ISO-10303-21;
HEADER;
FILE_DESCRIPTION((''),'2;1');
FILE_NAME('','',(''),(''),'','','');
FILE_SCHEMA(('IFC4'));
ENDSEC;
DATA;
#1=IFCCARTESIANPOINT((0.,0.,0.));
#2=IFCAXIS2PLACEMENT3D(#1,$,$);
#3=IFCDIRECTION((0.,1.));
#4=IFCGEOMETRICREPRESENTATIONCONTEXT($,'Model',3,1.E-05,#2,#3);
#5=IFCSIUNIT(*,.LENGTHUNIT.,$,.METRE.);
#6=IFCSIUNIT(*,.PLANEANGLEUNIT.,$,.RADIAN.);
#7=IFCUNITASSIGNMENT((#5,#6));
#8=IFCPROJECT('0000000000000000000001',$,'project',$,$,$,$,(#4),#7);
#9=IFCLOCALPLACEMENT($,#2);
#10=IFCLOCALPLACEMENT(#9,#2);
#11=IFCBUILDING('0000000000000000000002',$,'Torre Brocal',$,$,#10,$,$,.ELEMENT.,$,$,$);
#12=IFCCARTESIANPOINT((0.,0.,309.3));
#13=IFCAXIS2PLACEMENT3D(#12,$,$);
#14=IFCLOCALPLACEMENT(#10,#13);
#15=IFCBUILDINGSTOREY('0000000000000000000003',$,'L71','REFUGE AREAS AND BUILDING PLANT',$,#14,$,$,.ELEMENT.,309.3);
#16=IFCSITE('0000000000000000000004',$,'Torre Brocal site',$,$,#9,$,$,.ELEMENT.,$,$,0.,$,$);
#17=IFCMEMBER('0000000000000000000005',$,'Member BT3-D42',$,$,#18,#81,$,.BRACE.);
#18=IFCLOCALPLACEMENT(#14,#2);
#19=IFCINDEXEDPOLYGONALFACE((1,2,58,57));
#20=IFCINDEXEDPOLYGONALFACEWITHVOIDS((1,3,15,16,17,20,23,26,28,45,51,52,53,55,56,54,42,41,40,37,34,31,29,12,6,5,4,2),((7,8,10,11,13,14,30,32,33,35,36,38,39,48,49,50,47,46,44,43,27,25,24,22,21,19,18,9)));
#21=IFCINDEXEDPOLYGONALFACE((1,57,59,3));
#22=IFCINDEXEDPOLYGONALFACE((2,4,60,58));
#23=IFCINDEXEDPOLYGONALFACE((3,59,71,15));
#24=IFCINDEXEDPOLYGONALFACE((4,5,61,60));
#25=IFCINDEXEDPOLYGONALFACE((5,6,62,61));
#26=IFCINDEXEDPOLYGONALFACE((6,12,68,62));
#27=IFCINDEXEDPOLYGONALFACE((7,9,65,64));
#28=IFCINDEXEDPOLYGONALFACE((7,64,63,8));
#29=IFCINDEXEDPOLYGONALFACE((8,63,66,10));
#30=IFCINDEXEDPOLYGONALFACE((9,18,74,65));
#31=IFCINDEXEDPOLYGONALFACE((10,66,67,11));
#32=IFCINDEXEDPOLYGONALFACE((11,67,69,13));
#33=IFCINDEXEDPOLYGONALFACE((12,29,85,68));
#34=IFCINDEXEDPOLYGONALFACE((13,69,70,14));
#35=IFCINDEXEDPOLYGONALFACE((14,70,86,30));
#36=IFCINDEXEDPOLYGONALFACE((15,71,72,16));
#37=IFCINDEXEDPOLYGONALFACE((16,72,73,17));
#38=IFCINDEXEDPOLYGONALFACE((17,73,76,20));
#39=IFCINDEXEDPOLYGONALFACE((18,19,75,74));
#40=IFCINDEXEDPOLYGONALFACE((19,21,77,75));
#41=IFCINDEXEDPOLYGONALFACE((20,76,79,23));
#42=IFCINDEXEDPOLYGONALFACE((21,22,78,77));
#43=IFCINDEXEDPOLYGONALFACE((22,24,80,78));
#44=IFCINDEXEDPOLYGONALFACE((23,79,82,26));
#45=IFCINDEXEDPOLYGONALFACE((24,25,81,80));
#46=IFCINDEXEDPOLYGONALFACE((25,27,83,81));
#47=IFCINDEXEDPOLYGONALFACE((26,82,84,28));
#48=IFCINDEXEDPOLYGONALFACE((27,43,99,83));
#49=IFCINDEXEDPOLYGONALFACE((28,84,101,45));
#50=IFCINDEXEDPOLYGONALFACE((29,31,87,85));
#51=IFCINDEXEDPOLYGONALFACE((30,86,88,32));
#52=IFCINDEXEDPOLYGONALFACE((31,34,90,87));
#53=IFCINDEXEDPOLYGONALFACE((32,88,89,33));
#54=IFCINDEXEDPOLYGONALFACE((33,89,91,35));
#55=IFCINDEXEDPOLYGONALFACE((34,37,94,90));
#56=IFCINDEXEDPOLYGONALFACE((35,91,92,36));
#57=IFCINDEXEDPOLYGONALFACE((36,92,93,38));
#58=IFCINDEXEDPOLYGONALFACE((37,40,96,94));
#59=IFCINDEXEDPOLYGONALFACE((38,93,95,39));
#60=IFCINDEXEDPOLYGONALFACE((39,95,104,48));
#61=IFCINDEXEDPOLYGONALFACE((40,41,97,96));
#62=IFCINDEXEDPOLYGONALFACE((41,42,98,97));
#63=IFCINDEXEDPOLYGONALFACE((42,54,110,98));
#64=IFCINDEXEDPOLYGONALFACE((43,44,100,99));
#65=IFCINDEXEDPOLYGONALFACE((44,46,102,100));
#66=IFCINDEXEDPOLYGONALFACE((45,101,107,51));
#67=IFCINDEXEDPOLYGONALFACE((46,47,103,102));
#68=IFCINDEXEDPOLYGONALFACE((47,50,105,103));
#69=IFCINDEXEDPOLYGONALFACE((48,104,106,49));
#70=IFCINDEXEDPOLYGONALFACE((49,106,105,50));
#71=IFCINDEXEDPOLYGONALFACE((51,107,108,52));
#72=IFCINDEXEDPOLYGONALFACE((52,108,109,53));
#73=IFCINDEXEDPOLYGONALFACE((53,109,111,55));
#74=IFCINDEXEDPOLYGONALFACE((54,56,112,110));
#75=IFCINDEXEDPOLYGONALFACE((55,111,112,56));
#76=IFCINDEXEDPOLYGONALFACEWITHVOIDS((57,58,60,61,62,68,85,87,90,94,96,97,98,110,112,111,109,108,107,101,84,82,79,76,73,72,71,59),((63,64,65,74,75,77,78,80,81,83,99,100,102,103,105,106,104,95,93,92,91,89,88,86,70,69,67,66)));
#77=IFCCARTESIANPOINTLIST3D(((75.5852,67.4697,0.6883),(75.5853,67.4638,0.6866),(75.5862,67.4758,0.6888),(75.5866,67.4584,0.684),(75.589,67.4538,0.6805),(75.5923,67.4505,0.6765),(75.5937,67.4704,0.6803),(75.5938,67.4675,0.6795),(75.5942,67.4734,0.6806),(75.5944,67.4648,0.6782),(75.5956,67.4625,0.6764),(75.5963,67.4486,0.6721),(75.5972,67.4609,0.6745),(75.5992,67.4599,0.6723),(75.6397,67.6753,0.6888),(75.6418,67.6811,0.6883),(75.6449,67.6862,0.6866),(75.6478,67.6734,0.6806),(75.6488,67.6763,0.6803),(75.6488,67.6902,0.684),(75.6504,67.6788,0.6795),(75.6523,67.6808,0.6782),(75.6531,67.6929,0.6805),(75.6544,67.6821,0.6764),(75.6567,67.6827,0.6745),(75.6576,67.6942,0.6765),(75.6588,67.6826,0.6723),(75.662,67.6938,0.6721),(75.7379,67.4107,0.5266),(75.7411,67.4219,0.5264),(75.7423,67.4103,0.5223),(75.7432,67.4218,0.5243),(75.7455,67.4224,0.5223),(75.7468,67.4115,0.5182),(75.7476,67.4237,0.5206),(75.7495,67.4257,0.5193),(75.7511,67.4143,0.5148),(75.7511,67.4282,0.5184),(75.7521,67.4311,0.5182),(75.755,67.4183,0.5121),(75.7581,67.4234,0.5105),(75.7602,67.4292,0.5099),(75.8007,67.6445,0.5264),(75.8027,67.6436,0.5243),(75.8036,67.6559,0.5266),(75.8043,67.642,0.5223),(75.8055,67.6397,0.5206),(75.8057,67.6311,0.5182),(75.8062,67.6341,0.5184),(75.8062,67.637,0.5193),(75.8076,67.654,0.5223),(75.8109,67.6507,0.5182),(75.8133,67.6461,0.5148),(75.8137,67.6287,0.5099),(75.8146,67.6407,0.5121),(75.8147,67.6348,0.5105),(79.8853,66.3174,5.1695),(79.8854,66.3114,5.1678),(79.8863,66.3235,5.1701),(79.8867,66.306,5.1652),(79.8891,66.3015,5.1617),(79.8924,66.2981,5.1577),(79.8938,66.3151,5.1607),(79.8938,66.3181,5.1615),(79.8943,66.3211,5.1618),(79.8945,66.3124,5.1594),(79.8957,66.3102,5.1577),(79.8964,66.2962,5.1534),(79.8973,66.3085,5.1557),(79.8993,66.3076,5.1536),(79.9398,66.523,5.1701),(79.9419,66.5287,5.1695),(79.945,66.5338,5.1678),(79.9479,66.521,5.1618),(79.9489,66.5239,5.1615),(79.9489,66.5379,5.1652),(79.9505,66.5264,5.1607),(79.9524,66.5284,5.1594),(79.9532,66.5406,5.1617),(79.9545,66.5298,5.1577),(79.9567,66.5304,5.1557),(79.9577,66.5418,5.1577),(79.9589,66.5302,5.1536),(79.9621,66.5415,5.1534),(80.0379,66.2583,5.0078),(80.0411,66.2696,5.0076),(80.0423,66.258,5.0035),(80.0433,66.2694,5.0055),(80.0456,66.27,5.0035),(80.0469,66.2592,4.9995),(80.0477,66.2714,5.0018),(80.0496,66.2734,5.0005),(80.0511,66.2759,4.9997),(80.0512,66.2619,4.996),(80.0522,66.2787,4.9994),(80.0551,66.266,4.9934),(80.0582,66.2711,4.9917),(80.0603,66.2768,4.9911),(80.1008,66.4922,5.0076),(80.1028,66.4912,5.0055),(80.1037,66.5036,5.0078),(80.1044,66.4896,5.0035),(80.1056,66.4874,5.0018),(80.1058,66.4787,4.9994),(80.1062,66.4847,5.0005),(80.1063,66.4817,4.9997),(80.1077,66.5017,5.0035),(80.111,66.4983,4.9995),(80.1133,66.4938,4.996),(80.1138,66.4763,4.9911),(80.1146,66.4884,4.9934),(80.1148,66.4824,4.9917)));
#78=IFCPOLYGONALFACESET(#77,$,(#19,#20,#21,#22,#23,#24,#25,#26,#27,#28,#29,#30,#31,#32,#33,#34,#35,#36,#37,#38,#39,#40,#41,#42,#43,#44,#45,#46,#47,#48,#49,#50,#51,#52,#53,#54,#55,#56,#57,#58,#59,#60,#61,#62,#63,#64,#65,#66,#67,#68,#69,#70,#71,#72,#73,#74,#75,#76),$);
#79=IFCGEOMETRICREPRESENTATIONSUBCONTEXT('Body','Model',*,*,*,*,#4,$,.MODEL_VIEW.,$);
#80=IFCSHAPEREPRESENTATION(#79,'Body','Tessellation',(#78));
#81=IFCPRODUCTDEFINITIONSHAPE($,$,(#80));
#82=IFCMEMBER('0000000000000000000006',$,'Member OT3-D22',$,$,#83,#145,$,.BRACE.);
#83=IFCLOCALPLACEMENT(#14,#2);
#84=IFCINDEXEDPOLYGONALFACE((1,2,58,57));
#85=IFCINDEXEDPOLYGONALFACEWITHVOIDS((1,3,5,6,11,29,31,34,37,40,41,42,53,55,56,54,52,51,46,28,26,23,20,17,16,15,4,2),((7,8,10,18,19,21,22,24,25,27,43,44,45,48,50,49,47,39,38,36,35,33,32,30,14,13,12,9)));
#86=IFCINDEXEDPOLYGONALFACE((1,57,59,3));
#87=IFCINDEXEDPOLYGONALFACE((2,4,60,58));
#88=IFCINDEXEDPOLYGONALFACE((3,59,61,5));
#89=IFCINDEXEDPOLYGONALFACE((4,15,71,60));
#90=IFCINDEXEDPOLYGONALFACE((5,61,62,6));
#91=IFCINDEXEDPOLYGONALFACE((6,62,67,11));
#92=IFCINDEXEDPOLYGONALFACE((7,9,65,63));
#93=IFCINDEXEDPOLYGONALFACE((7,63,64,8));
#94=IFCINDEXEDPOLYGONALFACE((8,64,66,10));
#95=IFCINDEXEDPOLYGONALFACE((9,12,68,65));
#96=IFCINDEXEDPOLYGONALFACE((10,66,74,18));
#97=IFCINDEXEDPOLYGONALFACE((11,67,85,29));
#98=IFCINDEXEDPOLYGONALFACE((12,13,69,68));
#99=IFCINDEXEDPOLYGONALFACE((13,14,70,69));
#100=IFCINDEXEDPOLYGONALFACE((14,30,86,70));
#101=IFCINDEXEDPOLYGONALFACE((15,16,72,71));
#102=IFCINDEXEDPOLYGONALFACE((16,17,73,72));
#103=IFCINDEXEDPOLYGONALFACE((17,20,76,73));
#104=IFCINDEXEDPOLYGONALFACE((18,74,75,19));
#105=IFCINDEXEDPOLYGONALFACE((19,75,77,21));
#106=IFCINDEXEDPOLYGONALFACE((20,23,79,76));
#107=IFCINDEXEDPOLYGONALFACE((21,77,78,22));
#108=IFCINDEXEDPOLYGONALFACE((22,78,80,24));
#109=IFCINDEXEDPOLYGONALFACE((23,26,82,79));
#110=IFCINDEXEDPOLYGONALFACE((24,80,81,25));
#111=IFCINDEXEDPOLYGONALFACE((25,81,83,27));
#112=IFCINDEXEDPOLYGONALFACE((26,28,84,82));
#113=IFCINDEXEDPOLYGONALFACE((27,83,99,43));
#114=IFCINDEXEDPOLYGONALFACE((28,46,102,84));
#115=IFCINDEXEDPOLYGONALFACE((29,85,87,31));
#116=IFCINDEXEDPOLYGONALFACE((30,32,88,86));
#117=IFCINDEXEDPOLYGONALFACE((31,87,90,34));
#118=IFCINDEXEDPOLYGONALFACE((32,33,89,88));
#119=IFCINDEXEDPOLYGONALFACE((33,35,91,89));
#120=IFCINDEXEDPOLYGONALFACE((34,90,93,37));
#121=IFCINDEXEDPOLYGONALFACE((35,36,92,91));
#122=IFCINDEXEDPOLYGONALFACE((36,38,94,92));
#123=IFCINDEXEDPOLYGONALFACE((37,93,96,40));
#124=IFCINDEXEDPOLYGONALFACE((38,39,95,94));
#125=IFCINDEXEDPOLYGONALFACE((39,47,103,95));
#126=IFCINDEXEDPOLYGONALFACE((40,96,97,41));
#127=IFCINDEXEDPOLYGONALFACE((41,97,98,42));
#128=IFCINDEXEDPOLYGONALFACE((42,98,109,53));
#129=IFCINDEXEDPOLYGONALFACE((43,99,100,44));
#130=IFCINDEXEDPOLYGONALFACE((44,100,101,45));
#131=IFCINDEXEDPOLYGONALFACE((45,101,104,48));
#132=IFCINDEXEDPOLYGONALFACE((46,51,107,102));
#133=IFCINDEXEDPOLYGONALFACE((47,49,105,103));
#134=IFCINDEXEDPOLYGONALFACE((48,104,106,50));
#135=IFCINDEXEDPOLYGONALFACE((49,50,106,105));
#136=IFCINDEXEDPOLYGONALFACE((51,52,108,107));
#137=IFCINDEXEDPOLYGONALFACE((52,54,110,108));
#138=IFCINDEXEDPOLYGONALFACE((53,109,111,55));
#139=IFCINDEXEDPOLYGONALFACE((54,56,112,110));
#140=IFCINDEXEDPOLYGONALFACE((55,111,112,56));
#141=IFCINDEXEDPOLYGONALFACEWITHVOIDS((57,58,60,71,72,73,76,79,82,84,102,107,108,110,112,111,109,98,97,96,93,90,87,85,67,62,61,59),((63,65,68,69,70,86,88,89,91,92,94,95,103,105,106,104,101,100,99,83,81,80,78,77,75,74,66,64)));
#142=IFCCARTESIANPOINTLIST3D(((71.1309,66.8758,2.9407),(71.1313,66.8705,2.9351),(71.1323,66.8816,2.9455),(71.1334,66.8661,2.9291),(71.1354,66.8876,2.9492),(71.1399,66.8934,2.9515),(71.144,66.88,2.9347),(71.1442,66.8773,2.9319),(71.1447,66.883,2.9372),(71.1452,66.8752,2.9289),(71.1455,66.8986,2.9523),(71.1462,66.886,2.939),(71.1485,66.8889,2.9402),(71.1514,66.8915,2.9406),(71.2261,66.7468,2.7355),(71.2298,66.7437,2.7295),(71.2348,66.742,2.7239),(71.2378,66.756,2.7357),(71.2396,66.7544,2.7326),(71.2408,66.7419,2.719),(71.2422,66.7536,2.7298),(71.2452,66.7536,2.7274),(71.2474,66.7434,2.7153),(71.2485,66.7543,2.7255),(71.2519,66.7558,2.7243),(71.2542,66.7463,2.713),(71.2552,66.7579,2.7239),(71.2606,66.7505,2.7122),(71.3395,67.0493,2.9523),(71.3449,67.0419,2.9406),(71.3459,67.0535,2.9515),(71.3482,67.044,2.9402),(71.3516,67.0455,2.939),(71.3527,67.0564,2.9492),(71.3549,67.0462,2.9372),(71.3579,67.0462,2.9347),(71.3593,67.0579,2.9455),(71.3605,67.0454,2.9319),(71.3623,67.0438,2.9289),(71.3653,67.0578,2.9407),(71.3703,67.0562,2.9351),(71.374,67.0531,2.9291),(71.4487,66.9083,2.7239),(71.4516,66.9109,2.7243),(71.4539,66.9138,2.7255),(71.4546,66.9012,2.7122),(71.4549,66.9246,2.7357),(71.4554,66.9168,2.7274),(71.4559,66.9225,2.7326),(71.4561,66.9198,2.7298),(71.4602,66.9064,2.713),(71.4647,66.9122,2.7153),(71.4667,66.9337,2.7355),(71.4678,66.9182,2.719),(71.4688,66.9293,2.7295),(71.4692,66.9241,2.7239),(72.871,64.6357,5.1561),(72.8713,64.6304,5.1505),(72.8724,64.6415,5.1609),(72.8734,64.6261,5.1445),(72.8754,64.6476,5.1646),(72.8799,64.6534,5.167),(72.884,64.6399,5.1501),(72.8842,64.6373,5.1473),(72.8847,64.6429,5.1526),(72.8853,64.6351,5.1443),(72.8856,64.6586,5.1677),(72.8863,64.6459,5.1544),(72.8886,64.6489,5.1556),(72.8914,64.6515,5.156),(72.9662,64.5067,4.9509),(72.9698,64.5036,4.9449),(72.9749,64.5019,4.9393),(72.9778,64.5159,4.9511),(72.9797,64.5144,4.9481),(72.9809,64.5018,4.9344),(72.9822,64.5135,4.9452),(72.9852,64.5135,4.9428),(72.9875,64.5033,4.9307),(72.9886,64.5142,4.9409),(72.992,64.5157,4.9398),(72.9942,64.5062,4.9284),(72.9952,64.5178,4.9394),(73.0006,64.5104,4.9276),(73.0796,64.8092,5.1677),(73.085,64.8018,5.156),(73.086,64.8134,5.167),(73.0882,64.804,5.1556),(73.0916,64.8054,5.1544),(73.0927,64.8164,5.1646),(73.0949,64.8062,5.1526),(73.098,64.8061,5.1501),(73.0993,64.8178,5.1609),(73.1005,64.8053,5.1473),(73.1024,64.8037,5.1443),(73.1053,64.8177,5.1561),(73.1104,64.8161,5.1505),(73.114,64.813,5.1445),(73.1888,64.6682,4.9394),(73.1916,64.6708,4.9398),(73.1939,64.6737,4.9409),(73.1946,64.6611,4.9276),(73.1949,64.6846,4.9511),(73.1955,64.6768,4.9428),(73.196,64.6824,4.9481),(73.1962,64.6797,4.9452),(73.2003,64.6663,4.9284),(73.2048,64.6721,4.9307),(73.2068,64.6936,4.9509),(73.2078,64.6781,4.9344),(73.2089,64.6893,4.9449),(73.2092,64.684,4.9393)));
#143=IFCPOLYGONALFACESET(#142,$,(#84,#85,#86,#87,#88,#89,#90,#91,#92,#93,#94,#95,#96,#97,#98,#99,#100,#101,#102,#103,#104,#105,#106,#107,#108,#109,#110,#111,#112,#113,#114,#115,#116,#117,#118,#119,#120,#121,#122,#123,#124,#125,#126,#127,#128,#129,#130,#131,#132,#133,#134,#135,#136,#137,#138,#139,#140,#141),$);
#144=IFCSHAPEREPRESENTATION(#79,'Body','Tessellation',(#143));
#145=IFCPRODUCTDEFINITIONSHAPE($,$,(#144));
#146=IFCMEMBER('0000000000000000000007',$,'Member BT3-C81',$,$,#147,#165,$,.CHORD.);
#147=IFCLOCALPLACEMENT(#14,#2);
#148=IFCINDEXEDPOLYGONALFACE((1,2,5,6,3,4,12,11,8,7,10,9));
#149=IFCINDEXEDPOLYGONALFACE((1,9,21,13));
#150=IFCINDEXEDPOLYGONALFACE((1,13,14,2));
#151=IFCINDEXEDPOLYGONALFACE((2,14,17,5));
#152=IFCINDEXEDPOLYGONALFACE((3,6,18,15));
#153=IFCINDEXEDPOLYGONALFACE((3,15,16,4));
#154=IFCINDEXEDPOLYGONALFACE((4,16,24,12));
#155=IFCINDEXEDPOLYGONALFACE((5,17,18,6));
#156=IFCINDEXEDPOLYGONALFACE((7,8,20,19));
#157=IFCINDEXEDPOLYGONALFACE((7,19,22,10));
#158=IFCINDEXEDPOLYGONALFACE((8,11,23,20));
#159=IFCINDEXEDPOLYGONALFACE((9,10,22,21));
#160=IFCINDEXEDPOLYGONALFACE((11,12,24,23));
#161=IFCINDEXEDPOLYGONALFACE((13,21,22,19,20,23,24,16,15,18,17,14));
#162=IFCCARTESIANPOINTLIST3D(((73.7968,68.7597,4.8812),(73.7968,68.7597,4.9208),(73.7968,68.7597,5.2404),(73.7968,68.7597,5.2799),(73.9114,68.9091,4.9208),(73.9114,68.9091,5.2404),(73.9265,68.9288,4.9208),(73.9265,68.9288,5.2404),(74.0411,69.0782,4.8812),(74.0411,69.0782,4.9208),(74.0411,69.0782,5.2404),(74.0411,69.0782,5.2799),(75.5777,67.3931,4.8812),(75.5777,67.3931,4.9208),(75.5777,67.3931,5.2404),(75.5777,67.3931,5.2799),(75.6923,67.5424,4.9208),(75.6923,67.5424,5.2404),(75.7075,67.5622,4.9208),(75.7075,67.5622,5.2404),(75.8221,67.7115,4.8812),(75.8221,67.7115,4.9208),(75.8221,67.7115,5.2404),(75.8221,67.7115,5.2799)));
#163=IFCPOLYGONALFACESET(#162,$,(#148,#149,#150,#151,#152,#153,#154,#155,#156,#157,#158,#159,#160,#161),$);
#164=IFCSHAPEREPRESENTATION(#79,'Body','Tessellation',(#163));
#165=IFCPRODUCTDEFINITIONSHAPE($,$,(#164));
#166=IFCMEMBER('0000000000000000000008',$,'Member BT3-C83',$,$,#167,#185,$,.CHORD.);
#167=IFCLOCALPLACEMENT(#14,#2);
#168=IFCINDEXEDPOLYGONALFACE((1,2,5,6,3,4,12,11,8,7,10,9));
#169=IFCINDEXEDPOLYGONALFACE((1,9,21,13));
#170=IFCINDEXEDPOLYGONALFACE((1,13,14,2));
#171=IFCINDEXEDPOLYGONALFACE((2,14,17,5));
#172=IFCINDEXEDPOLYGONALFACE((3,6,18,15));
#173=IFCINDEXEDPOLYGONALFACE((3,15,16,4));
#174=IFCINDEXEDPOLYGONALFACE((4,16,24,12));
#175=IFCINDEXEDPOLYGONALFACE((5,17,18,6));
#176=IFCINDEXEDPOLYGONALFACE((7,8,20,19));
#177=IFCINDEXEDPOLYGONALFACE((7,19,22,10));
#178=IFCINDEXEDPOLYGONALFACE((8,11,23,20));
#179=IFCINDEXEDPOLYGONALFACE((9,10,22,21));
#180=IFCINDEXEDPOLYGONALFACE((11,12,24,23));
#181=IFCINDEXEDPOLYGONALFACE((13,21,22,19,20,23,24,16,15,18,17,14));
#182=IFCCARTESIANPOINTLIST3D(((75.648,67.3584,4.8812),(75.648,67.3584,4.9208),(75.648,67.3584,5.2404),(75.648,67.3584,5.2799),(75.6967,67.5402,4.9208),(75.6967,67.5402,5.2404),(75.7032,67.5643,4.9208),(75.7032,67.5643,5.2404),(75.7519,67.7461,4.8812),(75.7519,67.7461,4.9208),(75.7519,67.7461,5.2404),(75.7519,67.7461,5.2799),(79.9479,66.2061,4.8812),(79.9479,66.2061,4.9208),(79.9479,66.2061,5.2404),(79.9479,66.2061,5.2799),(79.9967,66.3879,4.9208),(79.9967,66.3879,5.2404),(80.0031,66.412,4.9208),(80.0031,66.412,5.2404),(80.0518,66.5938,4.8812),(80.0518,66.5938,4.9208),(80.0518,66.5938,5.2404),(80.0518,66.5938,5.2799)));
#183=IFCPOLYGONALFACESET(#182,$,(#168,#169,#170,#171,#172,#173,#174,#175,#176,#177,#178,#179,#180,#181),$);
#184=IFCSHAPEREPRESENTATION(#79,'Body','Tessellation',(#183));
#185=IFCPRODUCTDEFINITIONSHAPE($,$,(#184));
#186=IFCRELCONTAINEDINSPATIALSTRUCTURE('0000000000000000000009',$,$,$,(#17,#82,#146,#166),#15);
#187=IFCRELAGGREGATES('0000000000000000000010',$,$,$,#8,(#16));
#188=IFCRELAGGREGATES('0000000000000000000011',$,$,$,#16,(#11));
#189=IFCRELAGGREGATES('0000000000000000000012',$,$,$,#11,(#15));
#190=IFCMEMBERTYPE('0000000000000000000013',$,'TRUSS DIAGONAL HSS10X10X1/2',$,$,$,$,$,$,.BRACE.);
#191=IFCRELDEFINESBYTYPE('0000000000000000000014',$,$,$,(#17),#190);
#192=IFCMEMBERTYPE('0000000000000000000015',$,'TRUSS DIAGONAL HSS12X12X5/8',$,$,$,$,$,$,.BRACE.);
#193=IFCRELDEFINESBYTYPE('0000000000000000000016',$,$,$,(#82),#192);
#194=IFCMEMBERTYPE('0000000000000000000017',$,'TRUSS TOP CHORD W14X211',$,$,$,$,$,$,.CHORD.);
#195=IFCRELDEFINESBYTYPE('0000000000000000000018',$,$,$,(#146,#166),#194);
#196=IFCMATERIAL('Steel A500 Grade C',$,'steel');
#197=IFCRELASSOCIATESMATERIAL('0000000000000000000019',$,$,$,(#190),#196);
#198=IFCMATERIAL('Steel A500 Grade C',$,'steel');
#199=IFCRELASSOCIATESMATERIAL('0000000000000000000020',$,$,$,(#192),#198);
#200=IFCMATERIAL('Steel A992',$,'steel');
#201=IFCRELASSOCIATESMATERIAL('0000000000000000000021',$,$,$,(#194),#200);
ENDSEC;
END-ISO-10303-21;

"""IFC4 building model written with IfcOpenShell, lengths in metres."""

from ifc_helpers import new_model, si_unit, direction, frame, origin, origin_2d, place, context, subcontext, project, spatial, hollow_rectangle, i_section, extrude, material, material_profile, profile_set, type_object, element, save


model = new_model("IFC4")

# Units and contexts
model_context = context("Model", 3, precision=1e-05, world=origin(), true_north=direction((0.0, 1.0)))
body_context = subcontext(model_context, "Body", "Model", "MODEL_VIEW")
ifc_project = project(units=[si_unit("LENGTHUNIT", "METRE"), si_unit("PLANEANGLEUNIT", "RADIAN")], contexts=[model_context])

# Site, building, storey
site_placement = place(None, origin())
site = spatial("IfcSite", under=ifc_project, at=site_placement, Name="Torre Brocal site", CompositionType="ELEMENT", RefElevation=0.0)
building_placement = place(site_placement, origin())
building = spatial("IfcBuilding", under=site, at=building_placement, Name="Torre Brocal", CompositionType="ELEMENT")
storey_placement = place(building_placement, frame((0.0, 0.0, 309.3)))
storey = spatial("IfcBuildingStorey", under=building, at=storey_placement, Name="L71", Description="REFUGE AREAS AND BUILDING PLANT", CompositionType="ELEMENT", Elevation=309.3)

# Members
ifc_material_1 = material(Name="Steel A500 Grade C", Category="steel")
ifc_material_profile_1 = material_profile(ifc_material_1, hollow_rectangle(XDim=0.2539, YDim=0.2539, WallThickness=0.0117, InnerFilletRadius=0.0117, OuterFilletRadius=0.0237, at=origin_2d()), Name="HSS10X10X1/2")
ifc_profile_set_1 = profile_set([ifc_material_profile_1], Name="Steel A500 Grade C")
member_type_1 = type_object("IfcMemberType", Name="TRUSS DIAGONAL HSS10X10X1/2", PredefinedType="BRACE", material=ifc_profile_set_1)
member_1_placement = place(storey_placement, frame((75.7, 67.5522, 0.5994), z_axis=(0.680753, -0.182431, 0.709432), x_axis=(0.25885, 0.965917, 0.0)))
element("IfcMember", 1, at=member_1_placement, inside=storey, type_object=member_type_1, Name="Member BT3-D42", PredefinedType="BRACE", context=body_context, shape_type="SweptSolid", body=[
    extrude(hollow_rectangle(XDim=0.2539, YDim=0.2539, WallThickness=0.0117, InnerFilletRadius=0.0117, OuterFilletRadius=0.0237, at=origin_2d()), origin(), (0.0, 0.0, 1.0), 6.3167),
])
ifc_material_2 = material(Name="Steel A500 Grade C", Category="steel")
ifc_material_profile_2 = material_profile(ifc_material_2, hollow_rectangle(XDim=0.3047, YDim=0.3047, WallThickness=0.0149, InnerFilletRadius=0.0149, OuterFilletRadius=0.0295, at=origin_2d()), Name="HSS12X12X5/8")
ifc_profile_set_2 = profile_set([ifc_material_profile_2], Name="Steel A500 Grade C")
member_type_2 = type_object("IfcMemberType", Name="TRUSS DIAGONAL HSS12X12X5/8", PredefinedType="BRACE", material=ifc_profile_set_2)
member_2_placement = place(storey_placement, frame((71.3, 66.8999, 2.8323), z_axis=(0.483465, -0.622392, 0.615541), x_axis=(0.789732, 0.613452, 0.0)))
element("IfcMember", 2, at=member_2_placement, inside=storey, type_object=member_type_2, Name="Member OT3-D22", PredefinedType="BRACE", context=body_context, shape_type="SweptSolid", body=[
    extrude(hollow_rectangle(XDim=0.3047, YDim=0.3047, WallThickness=0.0149, InnerFilletRadius=0.0149, OuterFilletRadius=0.0295, at=origin_2d()), origin(), (0.0, 0.0, 1.0), 3.5991),
])
ifc_material_3 = material(Name="Steel A992", Category="steel")
ifc_material_profile_3 = material_profile(ifc_material_3, i_section(OverallWidth=0.4014, OverallDepth=0.3987, WebThickness=0.0249, FlangeThickness=0.0396, at=origin_2d()), Name="W14X211")
ifc_profile_set_3 = profile_set([ifc_material_profile_3], Name="Steel A992")
member_type_3 = type_object("IfcMemberType", Name="TRUSS TOP CHORD W14X211", PredefinedType="CHORD", material=ifc_profile_set_3)
member_3_placement = place(storey_placement, frame((73.9189, 68.9189, 5.0806), z_axis=(0.793335, -0.608785, 0.0), x_axis=(0.608785, 0.793335, 0.0)))
element("IfcMember", 3, at=member_3_placement, inside=storey, type_object=member_type_3, Name="Member BT3-C81", PredefinedType="CHORD", context=body_context, shape_type="SweptSolid", body=[
    extrude(i_section(OverallWidth=0.4014, OverallDepth=0.3987, WebThickness=0.0249, FlangeThickness=0.0396, at=origin_2d()), origin(), (0.0, 0.0, 1.0), 2.2449),
])
member_4_placement = place(storey_placement, frame((75.7, 67.5522, 5.0806), z_axis=(0.965917, -0.25885, 0.0), x_axis=(0.25885, 0.965917, 0.0)))
element("IfcMember", 4, at=member_4_placement, inside=storey, type_object=member_type_3, Name="Member BT3-C83", PredefinedType="CHORD", context=body_context, shape_type="SweptSolid", body=[
    extrude(i_section(OverallWidth=0.4014, OverallDepth=0.3987, WebThickness=0.0249, FlangeThickness=0.0396, at=origin_2d()), origin(), (0.0, 0.0, 1.0), 4.4517),
])

save(model, "model.ifc")
